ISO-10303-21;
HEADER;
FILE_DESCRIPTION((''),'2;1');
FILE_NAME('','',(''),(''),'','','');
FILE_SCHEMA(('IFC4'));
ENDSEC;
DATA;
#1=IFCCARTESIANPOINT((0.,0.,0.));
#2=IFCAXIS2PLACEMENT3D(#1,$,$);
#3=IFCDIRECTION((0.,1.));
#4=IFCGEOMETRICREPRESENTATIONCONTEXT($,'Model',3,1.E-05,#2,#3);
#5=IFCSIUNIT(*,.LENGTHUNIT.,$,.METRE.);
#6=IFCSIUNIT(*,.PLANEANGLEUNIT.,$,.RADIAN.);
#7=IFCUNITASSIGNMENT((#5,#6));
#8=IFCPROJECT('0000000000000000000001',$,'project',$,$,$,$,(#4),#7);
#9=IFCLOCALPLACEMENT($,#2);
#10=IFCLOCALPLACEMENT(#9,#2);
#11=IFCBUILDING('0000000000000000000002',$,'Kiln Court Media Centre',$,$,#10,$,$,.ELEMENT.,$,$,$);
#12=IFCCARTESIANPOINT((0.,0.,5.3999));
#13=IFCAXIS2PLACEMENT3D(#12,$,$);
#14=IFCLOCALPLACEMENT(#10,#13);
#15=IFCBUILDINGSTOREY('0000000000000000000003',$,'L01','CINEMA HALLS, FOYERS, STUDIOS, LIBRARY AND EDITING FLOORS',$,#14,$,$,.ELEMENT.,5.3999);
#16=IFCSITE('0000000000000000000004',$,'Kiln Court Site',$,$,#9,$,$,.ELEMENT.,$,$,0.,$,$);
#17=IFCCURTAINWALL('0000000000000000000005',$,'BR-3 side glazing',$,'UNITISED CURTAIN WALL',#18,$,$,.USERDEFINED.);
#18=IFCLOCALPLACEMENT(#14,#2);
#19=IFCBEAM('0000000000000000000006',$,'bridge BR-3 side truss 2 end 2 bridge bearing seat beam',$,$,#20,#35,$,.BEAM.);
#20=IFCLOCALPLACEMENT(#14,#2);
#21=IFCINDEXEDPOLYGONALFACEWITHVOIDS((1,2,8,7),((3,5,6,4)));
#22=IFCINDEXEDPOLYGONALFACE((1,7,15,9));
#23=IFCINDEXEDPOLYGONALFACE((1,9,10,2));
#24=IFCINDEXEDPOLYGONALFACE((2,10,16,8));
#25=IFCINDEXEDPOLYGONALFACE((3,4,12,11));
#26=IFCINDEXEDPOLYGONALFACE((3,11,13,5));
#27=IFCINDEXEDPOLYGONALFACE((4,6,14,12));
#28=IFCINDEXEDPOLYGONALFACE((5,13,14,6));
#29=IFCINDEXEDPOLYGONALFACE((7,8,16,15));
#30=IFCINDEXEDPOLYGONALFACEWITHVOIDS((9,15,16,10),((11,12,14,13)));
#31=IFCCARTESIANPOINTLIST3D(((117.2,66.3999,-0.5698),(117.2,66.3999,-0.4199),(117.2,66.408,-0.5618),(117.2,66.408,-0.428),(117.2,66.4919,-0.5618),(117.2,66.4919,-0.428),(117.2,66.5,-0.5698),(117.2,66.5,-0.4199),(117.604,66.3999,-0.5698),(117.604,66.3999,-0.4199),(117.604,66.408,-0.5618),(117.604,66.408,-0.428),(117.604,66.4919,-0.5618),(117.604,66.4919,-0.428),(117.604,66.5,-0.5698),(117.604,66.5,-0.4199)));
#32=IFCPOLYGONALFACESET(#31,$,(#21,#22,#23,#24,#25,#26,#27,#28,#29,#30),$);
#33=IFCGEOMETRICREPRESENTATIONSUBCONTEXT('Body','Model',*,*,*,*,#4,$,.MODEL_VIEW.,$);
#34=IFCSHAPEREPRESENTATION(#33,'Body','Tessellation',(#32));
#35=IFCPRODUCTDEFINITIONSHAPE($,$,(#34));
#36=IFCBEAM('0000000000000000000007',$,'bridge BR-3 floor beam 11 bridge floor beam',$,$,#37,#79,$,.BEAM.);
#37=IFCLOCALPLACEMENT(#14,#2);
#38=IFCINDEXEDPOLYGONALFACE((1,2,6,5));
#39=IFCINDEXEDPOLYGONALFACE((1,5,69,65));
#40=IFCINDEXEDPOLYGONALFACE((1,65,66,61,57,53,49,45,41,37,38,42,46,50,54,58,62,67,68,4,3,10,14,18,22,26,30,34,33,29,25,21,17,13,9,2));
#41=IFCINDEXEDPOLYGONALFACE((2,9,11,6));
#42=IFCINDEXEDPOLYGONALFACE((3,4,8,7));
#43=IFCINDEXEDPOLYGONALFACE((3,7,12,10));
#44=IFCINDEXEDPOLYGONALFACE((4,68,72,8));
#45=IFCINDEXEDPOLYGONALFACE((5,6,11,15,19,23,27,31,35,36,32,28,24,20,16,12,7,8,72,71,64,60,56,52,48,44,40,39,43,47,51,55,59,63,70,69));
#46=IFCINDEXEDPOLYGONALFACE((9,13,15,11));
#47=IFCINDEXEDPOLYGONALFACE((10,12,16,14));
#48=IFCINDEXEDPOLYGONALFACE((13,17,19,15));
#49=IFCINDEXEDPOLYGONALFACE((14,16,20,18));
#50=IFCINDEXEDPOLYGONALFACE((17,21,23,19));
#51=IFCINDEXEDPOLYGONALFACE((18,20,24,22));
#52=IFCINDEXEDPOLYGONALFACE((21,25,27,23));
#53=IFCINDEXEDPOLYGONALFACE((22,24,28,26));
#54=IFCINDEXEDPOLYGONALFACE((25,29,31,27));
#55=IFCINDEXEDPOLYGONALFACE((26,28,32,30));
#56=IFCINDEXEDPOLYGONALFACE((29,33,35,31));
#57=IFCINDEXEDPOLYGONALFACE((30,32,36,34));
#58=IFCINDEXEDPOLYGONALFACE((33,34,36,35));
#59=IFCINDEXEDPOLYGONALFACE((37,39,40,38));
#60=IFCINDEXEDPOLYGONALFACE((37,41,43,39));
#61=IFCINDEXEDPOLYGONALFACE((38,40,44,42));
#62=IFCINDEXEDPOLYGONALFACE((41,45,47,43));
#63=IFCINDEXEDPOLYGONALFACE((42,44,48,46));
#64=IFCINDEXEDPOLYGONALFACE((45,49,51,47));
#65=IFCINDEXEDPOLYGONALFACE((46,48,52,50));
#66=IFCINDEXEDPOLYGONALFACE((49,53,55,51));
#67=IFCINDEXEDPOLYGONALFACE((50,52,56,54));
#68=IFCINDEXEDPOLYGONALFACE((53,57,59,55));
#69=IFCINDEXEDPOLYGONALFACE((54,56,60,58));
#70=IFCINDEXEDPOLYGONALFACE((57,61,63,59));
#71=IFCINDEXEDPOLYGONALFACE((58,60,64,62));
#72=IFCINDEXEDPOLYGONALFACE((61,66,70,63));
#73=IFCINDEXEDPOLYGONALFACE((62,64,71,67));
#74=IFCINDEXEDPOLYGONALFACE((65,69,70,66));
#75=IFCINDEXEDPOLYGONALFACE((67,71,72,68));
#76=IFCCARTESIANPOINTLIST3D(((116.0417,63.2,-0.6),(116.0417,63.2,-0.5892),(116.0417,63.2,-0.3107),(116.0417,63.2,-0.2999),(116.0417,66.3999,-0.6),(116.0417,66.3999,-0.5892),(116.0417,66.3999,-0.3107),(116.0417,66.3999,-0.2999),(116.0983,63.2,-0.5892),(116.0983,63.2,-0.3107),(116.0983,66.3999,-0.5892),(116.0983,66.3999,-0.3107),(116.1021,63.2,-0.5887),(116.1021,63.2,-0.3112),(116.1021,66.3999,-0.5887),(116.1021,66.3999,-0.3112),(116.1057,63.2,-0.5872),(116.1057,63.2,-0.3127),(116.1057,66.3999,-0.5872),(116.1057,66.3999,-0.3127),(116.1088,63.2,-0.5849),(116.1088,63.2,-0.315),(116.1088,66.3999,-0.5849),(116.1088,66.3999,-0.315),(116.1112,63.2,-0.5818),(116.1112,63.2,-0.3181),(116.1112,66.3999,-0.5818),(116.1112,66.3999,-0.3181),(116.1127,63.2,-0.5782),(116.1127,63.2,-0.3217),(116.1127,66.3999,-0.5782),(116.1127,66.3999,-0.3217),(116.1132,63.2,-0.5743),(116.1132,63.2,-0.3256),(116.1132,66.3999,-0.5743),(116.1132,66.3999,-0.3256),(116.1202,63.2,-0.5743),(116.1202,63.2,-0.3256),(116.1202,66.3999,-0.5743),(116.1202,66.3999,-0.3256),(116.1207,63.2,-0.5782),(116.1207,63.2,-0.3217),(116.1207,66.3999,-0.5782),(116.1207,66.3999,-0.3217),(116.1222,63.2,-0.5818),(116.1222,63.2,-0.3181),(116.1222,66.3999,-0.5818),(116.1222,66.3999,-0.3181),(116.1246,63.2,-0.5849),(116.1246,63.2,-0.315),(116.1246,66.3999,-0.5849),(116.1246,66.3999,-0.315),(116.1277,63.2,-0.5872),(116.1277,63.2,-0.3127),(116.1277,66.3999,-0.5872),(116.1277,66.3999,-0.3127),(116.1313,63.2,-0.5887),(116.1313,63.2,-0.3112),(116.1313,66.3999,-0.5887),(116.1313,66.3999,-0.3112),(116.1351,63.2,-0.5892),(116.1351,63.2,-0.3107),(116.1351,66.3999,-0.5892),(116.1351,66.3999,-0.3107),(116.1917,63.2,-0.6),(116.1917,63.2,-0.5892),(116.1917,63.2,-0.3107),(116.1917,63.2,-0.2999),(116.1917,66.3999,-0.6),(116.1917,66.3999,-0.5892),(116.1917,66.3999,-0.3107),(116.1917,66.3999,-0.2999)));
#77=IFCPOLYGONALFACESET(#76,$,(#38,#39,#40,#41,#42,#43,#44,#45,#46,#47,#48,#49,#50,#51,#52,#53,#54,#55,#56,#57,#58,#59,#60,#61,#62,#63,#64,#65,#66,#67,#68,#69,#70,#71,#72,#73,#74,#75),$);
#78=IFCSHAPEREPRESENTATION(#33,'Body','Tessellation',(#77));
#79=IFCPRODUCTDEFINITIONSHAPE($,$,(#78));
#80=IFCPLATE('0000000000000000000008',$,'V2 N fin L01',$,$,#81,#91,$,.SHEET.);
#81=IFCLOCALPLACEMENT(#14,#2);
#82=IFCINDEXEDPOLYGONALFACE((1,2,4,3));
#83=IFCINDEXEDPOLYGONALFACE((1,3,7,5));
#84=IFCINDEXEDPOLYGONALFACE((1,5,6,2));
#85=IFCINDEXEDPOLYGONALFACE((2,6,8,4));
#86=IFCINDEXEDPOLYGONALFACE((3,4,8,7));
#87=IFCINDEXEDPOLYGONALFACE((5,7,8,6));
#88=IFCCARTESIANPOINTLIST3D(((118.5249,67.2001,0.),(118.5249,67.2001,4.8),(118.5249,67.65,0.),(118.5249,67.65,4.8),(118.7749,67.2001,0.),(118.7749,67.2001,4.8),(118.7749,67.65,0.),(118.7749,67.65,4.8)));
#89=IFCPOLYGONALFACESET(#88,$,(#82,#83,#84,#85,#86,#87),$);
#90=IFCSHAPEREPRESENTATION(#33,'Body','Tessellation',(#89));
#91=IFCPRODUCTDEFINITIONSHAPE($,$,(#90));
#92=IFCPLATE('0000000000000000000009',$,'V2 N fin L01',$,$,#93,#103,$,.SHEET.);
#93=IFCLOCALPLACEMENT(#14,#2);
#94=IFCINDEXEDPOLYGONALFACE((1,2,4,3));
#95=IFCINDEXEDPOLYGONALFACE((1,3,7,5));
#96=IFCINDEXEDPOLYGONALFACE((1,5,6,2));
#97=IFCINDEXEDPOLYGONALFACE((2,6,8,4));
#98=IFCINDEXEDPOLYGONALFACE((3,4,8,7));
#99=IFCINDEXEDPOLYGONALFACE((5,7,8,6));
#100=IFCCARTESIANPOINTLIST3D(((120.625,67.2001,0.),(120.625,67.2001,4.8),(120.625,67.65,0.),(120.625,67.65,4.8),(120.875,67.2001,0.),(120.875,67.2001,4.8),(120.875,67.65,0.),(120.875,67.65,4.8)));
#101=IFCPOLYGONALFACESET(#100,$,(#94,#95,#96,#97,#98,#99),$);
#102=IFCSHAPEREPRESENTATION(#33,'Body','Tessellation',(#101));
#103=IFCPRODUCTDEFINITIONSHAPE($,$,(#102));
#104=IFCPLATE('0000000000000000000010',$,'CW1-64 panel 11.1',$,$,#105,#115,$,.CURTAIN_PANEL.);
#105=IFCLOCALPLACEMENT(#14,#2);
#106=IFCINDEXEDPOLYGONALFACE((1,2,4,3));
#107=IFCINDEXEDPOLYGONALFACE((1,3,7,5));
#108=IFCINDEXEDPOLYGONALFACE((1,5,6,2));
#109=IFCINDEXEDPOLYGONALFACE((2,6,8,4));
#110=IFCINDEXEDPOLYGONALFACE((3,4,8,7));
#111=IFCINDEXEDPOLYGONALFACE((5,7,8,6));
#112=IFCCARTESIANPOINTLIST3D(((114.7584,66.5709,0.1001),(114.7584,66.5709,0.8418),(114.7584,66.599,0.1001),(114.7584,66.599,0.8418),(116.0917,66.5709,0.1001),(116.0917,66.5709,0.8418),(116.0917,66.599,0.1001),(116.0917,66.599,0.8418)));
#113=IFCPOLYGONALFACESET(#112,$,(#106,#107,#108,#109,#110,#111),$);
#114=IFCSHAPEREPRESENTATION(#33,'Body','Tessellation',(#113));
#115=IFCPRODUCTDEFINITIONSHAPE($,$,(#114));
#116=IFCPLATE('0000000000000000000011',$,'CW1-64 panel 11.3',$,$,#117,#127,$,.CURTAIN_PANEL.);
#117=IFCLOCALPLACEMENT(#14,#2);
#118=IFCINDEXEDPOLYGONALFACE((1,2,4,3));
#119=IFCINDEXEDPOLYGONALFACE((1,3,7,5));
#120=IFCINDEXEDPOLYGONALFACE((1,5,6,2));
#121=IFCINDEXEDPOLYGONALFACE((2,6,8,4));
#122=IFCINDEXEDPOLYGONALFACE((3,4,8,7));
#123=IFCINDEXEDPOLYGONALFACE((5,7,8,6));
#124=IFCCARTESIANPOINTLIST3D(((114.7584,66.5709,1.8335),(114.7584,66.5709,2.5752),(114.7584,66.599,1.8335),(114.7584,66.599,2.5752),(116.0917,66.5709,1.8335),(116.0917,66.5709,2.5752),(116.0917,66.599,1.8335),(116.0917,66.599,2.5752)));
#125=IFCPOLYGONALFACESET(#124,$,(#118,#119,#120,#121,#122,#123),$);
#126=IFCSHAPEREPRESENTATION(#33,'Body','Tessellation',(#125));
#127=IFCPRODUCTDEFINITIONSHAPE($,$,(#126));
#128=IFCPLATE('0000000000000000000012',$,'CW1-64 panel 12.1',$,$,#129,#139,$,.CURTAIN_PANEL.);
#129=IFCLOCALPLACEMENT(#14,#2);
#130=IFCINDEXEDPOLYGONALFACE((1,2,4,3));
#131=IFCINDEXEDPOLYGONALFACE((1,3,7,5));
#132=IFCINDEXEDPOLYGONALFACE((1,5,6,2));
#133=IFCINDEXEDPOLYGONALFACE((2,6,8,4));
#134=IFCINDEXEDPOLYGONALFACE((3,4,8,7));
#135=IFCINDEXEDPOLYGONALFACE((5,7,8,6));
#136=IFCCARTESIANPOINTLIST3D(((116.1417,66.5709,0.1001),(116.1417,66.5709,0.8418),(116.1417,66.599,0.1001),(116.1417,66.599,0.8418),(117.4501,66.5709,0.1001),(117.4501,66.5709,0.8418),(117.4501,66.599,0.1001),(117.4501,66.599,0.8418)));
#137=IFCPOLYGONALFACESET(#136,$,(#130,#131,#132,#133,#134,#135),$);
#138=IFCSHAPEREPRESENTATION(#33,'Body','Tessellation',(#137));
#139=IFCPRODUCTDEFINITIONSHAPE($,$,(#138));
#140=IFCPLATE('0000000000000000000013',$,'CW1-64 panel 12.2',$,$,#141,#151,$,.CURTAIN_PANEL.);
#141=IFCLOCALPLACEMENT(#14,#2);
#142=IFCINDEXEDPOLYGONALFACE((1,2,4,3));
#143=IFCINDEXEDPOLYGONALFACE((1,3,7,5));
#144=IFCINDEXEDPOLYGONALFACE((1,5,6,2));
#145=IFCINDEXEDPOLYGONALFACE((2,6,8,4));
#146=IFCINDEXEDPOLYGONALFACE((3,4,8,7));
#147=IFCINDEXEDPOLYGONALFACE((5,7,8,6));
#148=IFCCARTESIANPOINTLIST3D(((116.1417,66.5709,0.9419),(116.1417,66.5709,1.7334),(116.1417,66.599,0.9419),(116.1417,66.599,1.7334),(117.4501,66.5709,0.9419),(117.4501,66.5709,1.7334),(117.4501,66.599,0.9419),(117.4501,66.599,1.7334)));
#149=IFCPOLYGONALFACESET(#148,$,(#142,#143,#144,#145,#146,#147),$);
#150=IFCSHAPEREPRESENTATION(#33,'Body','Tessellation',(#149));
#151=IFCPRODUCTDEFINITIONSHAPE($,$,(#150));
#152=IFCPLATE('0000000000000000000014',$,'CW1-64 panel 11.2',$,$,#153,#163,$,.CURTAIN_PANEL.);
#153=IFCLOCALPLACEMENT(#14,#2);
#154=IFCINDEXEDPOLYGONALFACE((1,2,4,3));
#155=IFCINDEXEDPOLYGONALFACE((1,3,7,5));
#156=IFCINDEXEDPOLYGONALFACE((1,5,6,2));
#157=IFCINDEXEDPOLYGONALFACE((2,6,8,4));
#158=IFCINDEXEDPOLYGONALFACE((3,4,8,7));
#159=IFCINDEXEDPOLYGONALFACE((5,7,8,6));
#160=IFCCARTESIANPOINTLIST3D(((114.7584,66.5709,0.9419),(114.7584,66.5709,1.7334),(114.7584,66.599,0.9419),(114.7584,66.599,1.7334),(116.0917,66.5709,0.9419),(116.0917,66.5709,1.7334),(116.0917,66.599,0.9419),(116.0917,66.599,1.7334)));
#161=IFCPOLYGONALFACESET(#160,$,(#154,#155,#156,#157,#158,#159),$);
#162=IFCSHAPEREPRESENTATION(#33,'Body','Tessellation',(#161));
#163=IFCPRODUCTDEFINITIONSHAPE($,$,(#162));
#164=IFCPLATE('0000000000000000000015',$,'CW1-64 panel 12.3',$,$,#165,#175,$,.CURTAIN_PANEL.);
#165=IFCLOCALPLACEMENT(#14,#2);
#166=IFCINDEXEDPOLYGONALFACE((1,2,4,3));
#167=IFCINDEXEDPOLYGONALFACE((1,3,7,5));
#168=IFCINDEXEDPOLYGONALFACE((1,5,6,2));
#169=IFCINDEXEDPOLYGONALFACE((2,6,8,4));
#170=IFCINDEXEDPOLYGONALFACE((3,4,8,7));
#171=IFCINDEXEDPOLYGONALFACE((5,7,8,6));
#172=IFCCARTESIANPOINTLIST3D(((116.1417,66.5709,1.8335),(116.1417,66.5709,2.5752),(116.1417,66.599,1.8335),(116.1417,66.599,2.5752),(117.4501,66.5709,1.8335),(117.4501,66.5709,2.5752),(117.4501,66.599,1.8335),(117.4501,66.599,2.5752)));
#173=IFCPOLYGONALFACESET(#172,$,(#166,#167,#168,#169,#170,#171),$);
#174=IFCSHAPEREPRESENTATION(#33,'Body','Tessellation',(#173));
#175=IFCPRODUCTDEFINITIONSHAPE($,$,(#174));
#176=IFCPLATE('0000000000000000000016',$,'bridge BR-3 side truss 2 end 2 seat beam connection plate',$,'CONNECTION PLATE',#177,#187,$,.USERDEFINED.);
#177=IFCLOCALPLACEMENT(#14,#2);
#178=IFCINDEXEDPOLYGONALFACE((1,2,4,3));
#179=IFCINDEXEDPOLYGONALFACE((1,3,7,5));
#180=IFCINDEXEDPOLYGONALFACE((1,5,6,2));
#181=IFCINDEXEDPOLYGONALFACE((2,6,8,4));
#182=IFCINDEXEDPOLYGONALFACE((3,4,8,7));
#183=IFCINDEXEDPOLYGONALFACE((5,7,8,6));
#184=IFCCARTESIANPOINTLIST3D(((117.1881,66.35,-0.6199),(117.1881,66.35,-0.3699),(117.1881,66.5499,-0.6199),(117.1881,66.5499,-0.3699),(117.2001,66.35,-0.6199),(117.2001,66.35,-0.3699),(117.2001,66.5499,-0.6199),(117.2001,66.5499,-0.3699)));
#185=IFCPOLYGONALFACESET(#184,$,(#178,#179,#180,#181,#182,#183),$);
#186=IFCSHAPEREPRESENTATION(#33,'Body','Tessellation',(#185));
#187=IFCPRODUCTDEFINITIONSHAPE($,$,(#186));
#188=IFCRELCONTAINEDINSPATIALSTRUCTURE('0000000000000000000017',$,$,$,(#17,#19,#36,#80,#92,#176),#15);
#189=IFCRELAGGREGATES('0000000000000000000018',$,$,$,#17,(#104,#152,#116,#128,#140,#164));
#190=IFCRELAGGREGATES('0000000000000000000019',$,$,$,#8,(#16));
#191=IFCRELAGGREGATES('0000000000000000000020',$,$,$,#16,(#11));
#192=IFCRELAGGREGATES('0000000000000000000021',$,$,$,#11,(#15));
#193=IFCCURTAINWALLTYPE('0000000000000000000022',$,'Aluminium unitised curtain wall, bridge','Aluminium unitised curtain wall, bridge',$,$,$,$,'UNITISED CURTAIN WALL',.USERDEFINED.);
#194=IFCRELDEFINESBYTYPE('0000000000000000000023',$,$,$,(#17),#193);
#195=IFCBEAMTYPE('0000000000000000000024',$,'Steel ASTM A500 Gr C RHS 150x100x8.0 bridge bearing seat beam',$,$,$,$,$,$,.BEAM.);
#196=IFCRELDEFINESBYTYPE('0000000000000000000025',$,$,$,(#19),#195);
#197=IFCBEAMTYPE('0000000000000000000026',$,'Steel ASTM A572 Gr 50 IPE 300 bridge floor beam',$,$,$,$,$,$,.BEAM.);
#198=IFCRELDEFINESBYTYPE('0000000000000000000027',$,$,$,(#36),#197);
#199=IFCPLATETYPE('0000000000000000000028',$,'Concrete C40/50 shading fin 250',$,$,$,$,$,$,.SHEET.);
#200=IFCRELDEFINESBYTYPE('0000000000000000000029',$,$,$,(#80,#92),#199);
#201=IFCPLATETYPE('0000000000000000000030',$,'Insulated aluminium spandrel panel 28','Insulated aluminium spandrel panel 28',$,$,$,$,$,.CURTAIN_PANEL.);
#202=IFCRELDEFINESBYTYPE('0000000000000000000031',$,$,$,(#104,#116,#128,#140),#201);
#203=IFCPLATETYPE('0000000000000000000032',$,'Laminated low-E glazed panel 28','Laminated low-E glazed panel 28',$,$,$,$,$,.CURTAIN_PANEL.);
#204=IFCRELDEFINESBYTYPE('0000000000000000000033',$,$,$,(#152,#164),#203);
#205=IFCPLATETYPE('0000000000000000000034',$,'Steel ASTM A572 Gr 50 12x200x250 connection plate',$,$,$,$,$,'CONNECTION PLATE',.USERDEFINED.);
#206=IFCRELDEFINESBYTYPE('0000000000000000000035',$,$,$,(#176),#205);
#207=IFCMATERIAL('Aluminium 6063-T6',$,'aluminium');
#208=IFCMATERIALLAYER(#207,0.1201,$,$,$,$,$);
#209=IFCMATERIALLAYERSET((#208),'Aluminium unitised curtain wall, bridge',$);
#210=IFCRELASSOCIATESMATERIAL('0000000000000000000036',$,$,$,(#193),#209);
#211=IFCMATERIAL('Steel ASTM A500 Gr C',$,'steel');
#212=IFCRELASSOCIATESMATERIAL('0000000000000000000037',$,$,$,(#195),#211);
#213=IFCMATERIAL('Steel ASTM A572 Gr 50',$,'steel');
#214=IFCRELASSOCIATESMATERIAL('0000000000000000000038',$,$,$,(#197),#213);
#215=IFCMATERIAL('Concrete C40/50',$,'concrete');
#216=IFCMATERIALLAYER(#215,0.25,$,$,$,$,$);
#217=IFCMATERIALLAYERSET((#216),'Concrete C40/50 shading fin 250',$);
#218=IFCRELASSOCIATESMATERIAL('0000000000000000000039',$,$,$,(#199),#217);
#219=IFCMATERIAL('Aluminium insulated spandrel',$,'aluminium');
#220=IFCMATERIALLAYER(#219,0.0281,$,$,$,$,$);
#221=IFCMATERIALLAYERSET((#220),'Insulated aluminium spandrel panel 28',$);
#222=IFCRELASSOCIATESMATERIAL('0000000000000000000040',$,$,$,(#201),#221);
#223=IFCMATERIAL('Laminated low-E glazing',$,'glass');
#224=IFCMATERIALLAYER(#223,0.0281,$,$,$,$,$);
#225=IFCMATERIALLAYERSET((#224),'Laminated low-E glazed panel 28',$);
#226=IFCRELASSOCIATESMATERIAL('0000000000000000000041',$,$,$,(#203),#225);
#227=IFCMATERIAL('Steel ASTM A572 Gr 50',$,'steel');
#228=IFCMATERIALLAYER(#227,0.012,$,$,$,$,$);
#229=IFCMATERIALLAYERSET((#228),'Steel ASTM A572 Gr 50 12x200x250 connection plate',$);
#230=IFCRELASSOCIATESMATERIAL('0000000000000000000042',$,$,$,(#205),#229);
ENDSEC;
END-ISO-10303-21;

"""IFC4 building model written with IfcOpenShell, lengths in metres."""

from ifc_helpers import new_model, si_unit, direction, frame, origin, origin_2d, place, context, subcontext, project, spatial, rectangle, hollow_rectangle, i_section, extrude, material, layer, layer_set, material_profile, profile_set, type_object, element, aggregate, save


model = new_model("IFC4")

# Units and contexts
model_context = context("Model", 3, precision=1e-05, world=origin(), true_north=direction((0.0, 1.0)))
body_context = subcontext(model_context, "Body", "Model", "MODEL_VIEW")
ifc_project = project(units=[si_unit("LENGTHUNIT", "METRE"), si_unit("PLANEANGLEUNIT", "RADIAN")], contexts=[model_context])

# Site, building, storey
site_placement = place(None, origin())
site = spatial("IfcSite", under=ifc_project, at=site_placement, Name="Kiln Court Site", CompositionType="ELEMENT", RefElevation=0.0)
building_placement = place(site_placement, origin())
building = spatial("IfcBuilding", under=site, at=building_placement, Name="Kiln Court Media Centre", CompositionType="ELEMENT")
storey_placement = place(building_placement, frame((0.0, 0.0, 5.3999)))
storey = spatial("IfcBuildingStorey", under=building, at=storey_placement, Name="L01", Description="CINEMA HALLS, FOYERS, STUDIOS, LIBRARY AND EDITING FLOORS", CompositionType="ELEMENT", Elevation=5.3999)

# Curtain wall
ifc_material_1 = material(Name="Aluminium 6063-T6", Category="aluminium")
ifc_layer_1 = layer(ifc_material_1, 0.1201)
ifc_layer_set_1 = layer_set([ifc_layer_1], Name="Aluminium unitised curtain wall, bridge")
curtain_wall_type = type_object("IfcCurtainWallType", Name="Aluminium unitised curtain wall, bridge", Description="Aluminium unitised curtain wall, bridge", ElementType="UNITISED CURTAIN WALL", PredefinedType="USERDEFINED", material=ifc_layer_set_1)
curtain_wall_placement = place(storey_placement, origin())
curtain_wall = element("IfcCurtainWall", 1, at=curtain_wall_placement, inside=storey, type_object=curtain_wall_type, Name="BR-3 side glazing", ObjectType="UNITISED CURTAIN WALL", PredefinedType="USERDEFINED")

# Beams
ifc_material_2 = material(Name="Steel ASTM A500 Gr C", Category="steel")
ifc_material_profile_1 = material_profile(ifc_material_2, hollow_rectangle(XDim=0.1001, YDim=0.1499, WallThickness=0.0081, at=origin_2d()), Name="RHS 150x100x8.0")
ifc_profile_set_1 = profile_set([ifc_material_profile_1], Name="Steel ASTM A500 Gr C")
beam_type_1 = type_object("IfcBeamType", Name="Steel ASTM A500 Gr C RHS 150x100x8.0 bridge bearing seat beam", PredefinedType="BEAM", material=ifc_profile_set_1)
beam_1_placement = place(storey_placement, frame((117.604, 66.45, -0.4949), z_axis=(-1.0, 0.0, 0.0), x_axis=(0.0, -1.0, 0.0)))
element("IfcBeam", 2, at=beam_1_placement, inside=storey, type_object=beam_type_1, Name="bridge BR-3 side truss 2 end 2 bridge bearing seat beam", PredefinedType="BEAM", context=body_context, shape_type="SweptSolid", body=[
    extrude(hollow_rectangle(XDim=0.1001, YDim=0.1499, WallThickness=0.0081, at=origin_2d()), origin(), (0.0, 0.0, 1.0), 0.4041),
])
ifc_material_3 = material(Name="Steel ASTM A572 Gr 50", Category="steel")
ifc_material_profile_2 = material_profile(ifc_material_3, i_section(OverallWidth=0.1499, OverallDepth=0.3, WebThickness=0.0071, FlangeThickness=0.0107, FilletRadius=0.0149, at=origin_2d()), Name="IPE 300")
ifc_profile_set_2 = profile_set([ifc_material_profile_2], Name="Steel ASTM A572 Gr 50")
beam_type_2 = type_object("IfcBeamType", Name="Steel ASTM A572 Gr 50 IPE 300 bridge floor beam", PredefinedType="BEAM", material=ifc_profile_set_2)
beam_2_placement = place(storey_placement, frame((116.1167, 63.2, -0.45), z_axis=(0.0, 1.0, 0.0), x_axis=(-1.0, 0.0, 0.0)))
element("IfcBeam", 3, at=beam_2_placement, inside=storey, type_object=beam_type_2, Name="bridge BR-3 floor beam 11 bridge floor beam", PredefinedType="BEAM", context=body_context, shape_type="SweptSolid", body=[
    extrude(i_section(OverallWidth=0.1499, OverallDepth=0.3, WebThickness=0.0071, FlangeThickness=0.0107, FilletRadius=0.0149, at=origin_2d()), origin(), (0.0, 0.0, 1.0), 3.2),
])

# Plates
ifc_material_4 = material(Name="Concrete C40/50", Category="concrete")
ifc_layer_2 = layer(ifc_material_4, 0.25)
ifc_layer_set_2 = layer_set([ifc_layer_2], Name="Concrete C40/50 shading fin 250")
plate_type_1 = type_object("IfcPlateType", Name="Concrete C40/50 shading fin 250", PredefinedType="SHEET", material=ifc_layer_set_2)
for number, where, z_axis, x_axis, name in (
    (4, (118.6499, 67.425, 0.0), (0.0, 0.0, 1.0), (1.0, 0.0, 0.0), "V2 N fin L01"),
    (5, (120.75, 67.425, 0.0), (0.0, 0.0, 1.0), (1.0, 0.0, 0.0), "V2 N fin L01"),
):
    element("IfcPlate", number, at=place(storey_placement, frame(where, z_axis=z_axis, x_axis=x_axis)), inside=storey, type_object=plate_type_1, Name=name, PredefinedType="SHEET", context=body_context, shape_type="SweptSolid", body=[
        extrude(rectangle(XDim=0.25, YDim=0.45, at=origin_2d()), origin(), (0.0, 0.0, 1.0), 4.8),
    ])

# Plates
ifc_material_5 = material(Name="Aluminium insulated spandrel", Category="aluminium")
ifc_layer_3 = layer(ifc_material_5, 0.0281)
ifc_layer_set_3 = layer_set([ifc_layer_3], Name="Insulated aluminium spandrel panel 28")
plate_type_2 = type_object("IfcPlateType", Name="Insulated aluminium spandrel panel 28", Description="Insulated aluminium spandrel panel 28", PredefinedType="CURTAIN_PANEL", material=ifc_layer_set_3)
plate_1_placement = place(storey_placement, frame((115.425, 66.585, 0.1001), z_axis=(0.0, 0.0, 1.0), x_axis=(1.0, 0.0, 0.0)))
plate_1 = element("IfcPlate", 6, at=plate_1_placement, type_object=plate_type_2, Name="CW1-64 panel 11.1", PredefinedType="CURTAIN_PANEL", context=body_context, shape_type="SweptSolid", body=[
    extrude(rectangle(XDim=1.3333, YDim=0.0281, at=origin_2d()), origin(), (0.0, 0.0, 1.0), 0.7417),
])
plate_2_placement = place(storey_placement, frame((115.425, 66.585, 1.8335), z_axis=(0.0, 0.0, 1.0), x_axis=(1.0, 0.0, 0.0)))
plate_2 = element("IfcPlate", 7, at=plate_2_placement, type_object=plate_type_2, Name="CW1-64 panel 11.3", PredefinedType="CURTAIN_PANEL", context=body_context, shape_type="SweptSolid", body=[
    extrude(rectangle(XDim=1.3333, YDim=0.0281, at=origin_2d()), origin(), (0.0, 0.0, 1.0), 0.7417),
])
plate_3_placement = place(storey_placement, frame((116.7959, 66.585, 0.1001), z_axis=(0.0, 0.0, 1.0), x_axis=(1.0, 0.0, 0.0)))
plate_3 = element("IfcPlate", 8, at=plate_3_placement, type_object=plate_type_2, Name="CW1-64 panel 12.1", PredefinedType="CURTAIN_PANEL", context=body_context, shape_type="SweptSolid", body=[
    extrude(rectangle(XDim=1.3083, YDim=0.0281, at=origin_2d()), origin(), (0.0, 0.0, 1.0), 0.7417),
])
plate_4_placement = place(storey_placement, frame((116.7959, 66.585, 0.9419), z_axis=(0.0, 0.0, 1.0), x_axis=(1.0, 0.0, 0.0)))
plate_4 = element("IfcPlate", 9, at=plate_4_placement, type_object=plate_type_2, Name="CW1-64 panel 12.2", PredefinedType="CURTAIN_PANEL", context=body_context, shape_type="SweptSolid", body=[
    extrude(rectangle(XDim=1.3083, YDim=0.0281, at=origin_2d()), origin(), (0.0, 0.0, 1.0), 0.7915),
])
ifc_material_6 = material(Name="Laminated low-E glazing", Category="glass")
ifc_layer_4 = layer(ifc_material_6, 0.0281)
ifc_layer_set_4 = layer_set([ifc_layer_4], Name="Laminated low-E glazed panel 28")
plate_type_3 = type_object("IfcPlateType", Name="Laminated low-E glazed panel 28", Description="Laminated low-E glazed panel 28", PredefinedType="CURTAIN_PANEL", material=ifc_layer_set_4)
plate_5_placement = place(storey_placement, frame((115.425, 66.585, 0.9419), z_axis=(0.0, 0.0, 1.0), x_axis=(1.0, 0.0, 0.0)))
plate_5 = element("IfcPlate", 10, at=plate_5_placement, type_object=plate_type_3, Name="CW1-64 panel 11.2", PredefinedType="CURTAIN_PANEL", context=body_context, shape_type="SweptSolid", body=[
    extrude(rectangle(XDim=1.3333, YDim=0.0281, at=origin_2d()), origin(), (0.0, 0.0, 1.0), 0.7915),
])
plate_6_placement = place(storey_placement, frame((116.7959, 66.585, 1.8335), z_axis=(0.0, 0.0, 1.0), x_axis=(1.0, 0.0, 0.0)))
plate_6 = element("IfcPlate", 11, at=plate_6_placement, type_object=plate_type_3, Name="CW1-64 panel 12.3", PredefinedType="CURTAIN_PANEL", context=body_context, shape_type="SweptSolid", body=[
    extrude(rectangle(XDim=1.3083, YDim=0.0281, at=origin_2d()), origin(), (0.0, 0.0, 1.0), 0.7417),
])
aggregate(curtain_wall, [plate_1, plate_5, plate_2, plate_3, plate_4, plate_6])

# Plate
ifc_material_7 = material(Name="Steel ASTM A572 Gr 50", Category="steel")
ifc_layer_5 = layer(ifc_material_7, 0.012)
ifc_layer_set_5 = layer_set([ifc_layer_5], Name="Steel ASTM A572 Gr 50 12x200x250 connection plate")
plate_type_4 = type_object("IfcPlateType", Name="Steel ASTM A572 Gr 50 12x200x250 connection plate", ElementType="CONNECTION PLATE", PredefinedType="USERDEFINED", material=ifc_layer_set_5)
plate_7_placement = place(storey_placement, frame((117.1941, 66.45, -0.6199), z_axis=(0.0, 0.0, 1.0), x_axis=(1.0, 0.0, 0.0)))
element("IfcPlate", 12, at=plate_7_placement, inside=storey, type_object=plate_type_4, Name="bridge BR-3 side truss 2 end 2 seat beam connection plate", ObjectType="CONNECTION PLATE", PredefinedType="USERDEFINED", context=body_context, shape_type="SweptSolid", body=[
    extrude(rectangle(XDim=0.012, YDim=0.2, at=origin_2d()), origin(), (0.0, 0.0, 1.0), 0.25),
])

save(model, "model.ifc")
